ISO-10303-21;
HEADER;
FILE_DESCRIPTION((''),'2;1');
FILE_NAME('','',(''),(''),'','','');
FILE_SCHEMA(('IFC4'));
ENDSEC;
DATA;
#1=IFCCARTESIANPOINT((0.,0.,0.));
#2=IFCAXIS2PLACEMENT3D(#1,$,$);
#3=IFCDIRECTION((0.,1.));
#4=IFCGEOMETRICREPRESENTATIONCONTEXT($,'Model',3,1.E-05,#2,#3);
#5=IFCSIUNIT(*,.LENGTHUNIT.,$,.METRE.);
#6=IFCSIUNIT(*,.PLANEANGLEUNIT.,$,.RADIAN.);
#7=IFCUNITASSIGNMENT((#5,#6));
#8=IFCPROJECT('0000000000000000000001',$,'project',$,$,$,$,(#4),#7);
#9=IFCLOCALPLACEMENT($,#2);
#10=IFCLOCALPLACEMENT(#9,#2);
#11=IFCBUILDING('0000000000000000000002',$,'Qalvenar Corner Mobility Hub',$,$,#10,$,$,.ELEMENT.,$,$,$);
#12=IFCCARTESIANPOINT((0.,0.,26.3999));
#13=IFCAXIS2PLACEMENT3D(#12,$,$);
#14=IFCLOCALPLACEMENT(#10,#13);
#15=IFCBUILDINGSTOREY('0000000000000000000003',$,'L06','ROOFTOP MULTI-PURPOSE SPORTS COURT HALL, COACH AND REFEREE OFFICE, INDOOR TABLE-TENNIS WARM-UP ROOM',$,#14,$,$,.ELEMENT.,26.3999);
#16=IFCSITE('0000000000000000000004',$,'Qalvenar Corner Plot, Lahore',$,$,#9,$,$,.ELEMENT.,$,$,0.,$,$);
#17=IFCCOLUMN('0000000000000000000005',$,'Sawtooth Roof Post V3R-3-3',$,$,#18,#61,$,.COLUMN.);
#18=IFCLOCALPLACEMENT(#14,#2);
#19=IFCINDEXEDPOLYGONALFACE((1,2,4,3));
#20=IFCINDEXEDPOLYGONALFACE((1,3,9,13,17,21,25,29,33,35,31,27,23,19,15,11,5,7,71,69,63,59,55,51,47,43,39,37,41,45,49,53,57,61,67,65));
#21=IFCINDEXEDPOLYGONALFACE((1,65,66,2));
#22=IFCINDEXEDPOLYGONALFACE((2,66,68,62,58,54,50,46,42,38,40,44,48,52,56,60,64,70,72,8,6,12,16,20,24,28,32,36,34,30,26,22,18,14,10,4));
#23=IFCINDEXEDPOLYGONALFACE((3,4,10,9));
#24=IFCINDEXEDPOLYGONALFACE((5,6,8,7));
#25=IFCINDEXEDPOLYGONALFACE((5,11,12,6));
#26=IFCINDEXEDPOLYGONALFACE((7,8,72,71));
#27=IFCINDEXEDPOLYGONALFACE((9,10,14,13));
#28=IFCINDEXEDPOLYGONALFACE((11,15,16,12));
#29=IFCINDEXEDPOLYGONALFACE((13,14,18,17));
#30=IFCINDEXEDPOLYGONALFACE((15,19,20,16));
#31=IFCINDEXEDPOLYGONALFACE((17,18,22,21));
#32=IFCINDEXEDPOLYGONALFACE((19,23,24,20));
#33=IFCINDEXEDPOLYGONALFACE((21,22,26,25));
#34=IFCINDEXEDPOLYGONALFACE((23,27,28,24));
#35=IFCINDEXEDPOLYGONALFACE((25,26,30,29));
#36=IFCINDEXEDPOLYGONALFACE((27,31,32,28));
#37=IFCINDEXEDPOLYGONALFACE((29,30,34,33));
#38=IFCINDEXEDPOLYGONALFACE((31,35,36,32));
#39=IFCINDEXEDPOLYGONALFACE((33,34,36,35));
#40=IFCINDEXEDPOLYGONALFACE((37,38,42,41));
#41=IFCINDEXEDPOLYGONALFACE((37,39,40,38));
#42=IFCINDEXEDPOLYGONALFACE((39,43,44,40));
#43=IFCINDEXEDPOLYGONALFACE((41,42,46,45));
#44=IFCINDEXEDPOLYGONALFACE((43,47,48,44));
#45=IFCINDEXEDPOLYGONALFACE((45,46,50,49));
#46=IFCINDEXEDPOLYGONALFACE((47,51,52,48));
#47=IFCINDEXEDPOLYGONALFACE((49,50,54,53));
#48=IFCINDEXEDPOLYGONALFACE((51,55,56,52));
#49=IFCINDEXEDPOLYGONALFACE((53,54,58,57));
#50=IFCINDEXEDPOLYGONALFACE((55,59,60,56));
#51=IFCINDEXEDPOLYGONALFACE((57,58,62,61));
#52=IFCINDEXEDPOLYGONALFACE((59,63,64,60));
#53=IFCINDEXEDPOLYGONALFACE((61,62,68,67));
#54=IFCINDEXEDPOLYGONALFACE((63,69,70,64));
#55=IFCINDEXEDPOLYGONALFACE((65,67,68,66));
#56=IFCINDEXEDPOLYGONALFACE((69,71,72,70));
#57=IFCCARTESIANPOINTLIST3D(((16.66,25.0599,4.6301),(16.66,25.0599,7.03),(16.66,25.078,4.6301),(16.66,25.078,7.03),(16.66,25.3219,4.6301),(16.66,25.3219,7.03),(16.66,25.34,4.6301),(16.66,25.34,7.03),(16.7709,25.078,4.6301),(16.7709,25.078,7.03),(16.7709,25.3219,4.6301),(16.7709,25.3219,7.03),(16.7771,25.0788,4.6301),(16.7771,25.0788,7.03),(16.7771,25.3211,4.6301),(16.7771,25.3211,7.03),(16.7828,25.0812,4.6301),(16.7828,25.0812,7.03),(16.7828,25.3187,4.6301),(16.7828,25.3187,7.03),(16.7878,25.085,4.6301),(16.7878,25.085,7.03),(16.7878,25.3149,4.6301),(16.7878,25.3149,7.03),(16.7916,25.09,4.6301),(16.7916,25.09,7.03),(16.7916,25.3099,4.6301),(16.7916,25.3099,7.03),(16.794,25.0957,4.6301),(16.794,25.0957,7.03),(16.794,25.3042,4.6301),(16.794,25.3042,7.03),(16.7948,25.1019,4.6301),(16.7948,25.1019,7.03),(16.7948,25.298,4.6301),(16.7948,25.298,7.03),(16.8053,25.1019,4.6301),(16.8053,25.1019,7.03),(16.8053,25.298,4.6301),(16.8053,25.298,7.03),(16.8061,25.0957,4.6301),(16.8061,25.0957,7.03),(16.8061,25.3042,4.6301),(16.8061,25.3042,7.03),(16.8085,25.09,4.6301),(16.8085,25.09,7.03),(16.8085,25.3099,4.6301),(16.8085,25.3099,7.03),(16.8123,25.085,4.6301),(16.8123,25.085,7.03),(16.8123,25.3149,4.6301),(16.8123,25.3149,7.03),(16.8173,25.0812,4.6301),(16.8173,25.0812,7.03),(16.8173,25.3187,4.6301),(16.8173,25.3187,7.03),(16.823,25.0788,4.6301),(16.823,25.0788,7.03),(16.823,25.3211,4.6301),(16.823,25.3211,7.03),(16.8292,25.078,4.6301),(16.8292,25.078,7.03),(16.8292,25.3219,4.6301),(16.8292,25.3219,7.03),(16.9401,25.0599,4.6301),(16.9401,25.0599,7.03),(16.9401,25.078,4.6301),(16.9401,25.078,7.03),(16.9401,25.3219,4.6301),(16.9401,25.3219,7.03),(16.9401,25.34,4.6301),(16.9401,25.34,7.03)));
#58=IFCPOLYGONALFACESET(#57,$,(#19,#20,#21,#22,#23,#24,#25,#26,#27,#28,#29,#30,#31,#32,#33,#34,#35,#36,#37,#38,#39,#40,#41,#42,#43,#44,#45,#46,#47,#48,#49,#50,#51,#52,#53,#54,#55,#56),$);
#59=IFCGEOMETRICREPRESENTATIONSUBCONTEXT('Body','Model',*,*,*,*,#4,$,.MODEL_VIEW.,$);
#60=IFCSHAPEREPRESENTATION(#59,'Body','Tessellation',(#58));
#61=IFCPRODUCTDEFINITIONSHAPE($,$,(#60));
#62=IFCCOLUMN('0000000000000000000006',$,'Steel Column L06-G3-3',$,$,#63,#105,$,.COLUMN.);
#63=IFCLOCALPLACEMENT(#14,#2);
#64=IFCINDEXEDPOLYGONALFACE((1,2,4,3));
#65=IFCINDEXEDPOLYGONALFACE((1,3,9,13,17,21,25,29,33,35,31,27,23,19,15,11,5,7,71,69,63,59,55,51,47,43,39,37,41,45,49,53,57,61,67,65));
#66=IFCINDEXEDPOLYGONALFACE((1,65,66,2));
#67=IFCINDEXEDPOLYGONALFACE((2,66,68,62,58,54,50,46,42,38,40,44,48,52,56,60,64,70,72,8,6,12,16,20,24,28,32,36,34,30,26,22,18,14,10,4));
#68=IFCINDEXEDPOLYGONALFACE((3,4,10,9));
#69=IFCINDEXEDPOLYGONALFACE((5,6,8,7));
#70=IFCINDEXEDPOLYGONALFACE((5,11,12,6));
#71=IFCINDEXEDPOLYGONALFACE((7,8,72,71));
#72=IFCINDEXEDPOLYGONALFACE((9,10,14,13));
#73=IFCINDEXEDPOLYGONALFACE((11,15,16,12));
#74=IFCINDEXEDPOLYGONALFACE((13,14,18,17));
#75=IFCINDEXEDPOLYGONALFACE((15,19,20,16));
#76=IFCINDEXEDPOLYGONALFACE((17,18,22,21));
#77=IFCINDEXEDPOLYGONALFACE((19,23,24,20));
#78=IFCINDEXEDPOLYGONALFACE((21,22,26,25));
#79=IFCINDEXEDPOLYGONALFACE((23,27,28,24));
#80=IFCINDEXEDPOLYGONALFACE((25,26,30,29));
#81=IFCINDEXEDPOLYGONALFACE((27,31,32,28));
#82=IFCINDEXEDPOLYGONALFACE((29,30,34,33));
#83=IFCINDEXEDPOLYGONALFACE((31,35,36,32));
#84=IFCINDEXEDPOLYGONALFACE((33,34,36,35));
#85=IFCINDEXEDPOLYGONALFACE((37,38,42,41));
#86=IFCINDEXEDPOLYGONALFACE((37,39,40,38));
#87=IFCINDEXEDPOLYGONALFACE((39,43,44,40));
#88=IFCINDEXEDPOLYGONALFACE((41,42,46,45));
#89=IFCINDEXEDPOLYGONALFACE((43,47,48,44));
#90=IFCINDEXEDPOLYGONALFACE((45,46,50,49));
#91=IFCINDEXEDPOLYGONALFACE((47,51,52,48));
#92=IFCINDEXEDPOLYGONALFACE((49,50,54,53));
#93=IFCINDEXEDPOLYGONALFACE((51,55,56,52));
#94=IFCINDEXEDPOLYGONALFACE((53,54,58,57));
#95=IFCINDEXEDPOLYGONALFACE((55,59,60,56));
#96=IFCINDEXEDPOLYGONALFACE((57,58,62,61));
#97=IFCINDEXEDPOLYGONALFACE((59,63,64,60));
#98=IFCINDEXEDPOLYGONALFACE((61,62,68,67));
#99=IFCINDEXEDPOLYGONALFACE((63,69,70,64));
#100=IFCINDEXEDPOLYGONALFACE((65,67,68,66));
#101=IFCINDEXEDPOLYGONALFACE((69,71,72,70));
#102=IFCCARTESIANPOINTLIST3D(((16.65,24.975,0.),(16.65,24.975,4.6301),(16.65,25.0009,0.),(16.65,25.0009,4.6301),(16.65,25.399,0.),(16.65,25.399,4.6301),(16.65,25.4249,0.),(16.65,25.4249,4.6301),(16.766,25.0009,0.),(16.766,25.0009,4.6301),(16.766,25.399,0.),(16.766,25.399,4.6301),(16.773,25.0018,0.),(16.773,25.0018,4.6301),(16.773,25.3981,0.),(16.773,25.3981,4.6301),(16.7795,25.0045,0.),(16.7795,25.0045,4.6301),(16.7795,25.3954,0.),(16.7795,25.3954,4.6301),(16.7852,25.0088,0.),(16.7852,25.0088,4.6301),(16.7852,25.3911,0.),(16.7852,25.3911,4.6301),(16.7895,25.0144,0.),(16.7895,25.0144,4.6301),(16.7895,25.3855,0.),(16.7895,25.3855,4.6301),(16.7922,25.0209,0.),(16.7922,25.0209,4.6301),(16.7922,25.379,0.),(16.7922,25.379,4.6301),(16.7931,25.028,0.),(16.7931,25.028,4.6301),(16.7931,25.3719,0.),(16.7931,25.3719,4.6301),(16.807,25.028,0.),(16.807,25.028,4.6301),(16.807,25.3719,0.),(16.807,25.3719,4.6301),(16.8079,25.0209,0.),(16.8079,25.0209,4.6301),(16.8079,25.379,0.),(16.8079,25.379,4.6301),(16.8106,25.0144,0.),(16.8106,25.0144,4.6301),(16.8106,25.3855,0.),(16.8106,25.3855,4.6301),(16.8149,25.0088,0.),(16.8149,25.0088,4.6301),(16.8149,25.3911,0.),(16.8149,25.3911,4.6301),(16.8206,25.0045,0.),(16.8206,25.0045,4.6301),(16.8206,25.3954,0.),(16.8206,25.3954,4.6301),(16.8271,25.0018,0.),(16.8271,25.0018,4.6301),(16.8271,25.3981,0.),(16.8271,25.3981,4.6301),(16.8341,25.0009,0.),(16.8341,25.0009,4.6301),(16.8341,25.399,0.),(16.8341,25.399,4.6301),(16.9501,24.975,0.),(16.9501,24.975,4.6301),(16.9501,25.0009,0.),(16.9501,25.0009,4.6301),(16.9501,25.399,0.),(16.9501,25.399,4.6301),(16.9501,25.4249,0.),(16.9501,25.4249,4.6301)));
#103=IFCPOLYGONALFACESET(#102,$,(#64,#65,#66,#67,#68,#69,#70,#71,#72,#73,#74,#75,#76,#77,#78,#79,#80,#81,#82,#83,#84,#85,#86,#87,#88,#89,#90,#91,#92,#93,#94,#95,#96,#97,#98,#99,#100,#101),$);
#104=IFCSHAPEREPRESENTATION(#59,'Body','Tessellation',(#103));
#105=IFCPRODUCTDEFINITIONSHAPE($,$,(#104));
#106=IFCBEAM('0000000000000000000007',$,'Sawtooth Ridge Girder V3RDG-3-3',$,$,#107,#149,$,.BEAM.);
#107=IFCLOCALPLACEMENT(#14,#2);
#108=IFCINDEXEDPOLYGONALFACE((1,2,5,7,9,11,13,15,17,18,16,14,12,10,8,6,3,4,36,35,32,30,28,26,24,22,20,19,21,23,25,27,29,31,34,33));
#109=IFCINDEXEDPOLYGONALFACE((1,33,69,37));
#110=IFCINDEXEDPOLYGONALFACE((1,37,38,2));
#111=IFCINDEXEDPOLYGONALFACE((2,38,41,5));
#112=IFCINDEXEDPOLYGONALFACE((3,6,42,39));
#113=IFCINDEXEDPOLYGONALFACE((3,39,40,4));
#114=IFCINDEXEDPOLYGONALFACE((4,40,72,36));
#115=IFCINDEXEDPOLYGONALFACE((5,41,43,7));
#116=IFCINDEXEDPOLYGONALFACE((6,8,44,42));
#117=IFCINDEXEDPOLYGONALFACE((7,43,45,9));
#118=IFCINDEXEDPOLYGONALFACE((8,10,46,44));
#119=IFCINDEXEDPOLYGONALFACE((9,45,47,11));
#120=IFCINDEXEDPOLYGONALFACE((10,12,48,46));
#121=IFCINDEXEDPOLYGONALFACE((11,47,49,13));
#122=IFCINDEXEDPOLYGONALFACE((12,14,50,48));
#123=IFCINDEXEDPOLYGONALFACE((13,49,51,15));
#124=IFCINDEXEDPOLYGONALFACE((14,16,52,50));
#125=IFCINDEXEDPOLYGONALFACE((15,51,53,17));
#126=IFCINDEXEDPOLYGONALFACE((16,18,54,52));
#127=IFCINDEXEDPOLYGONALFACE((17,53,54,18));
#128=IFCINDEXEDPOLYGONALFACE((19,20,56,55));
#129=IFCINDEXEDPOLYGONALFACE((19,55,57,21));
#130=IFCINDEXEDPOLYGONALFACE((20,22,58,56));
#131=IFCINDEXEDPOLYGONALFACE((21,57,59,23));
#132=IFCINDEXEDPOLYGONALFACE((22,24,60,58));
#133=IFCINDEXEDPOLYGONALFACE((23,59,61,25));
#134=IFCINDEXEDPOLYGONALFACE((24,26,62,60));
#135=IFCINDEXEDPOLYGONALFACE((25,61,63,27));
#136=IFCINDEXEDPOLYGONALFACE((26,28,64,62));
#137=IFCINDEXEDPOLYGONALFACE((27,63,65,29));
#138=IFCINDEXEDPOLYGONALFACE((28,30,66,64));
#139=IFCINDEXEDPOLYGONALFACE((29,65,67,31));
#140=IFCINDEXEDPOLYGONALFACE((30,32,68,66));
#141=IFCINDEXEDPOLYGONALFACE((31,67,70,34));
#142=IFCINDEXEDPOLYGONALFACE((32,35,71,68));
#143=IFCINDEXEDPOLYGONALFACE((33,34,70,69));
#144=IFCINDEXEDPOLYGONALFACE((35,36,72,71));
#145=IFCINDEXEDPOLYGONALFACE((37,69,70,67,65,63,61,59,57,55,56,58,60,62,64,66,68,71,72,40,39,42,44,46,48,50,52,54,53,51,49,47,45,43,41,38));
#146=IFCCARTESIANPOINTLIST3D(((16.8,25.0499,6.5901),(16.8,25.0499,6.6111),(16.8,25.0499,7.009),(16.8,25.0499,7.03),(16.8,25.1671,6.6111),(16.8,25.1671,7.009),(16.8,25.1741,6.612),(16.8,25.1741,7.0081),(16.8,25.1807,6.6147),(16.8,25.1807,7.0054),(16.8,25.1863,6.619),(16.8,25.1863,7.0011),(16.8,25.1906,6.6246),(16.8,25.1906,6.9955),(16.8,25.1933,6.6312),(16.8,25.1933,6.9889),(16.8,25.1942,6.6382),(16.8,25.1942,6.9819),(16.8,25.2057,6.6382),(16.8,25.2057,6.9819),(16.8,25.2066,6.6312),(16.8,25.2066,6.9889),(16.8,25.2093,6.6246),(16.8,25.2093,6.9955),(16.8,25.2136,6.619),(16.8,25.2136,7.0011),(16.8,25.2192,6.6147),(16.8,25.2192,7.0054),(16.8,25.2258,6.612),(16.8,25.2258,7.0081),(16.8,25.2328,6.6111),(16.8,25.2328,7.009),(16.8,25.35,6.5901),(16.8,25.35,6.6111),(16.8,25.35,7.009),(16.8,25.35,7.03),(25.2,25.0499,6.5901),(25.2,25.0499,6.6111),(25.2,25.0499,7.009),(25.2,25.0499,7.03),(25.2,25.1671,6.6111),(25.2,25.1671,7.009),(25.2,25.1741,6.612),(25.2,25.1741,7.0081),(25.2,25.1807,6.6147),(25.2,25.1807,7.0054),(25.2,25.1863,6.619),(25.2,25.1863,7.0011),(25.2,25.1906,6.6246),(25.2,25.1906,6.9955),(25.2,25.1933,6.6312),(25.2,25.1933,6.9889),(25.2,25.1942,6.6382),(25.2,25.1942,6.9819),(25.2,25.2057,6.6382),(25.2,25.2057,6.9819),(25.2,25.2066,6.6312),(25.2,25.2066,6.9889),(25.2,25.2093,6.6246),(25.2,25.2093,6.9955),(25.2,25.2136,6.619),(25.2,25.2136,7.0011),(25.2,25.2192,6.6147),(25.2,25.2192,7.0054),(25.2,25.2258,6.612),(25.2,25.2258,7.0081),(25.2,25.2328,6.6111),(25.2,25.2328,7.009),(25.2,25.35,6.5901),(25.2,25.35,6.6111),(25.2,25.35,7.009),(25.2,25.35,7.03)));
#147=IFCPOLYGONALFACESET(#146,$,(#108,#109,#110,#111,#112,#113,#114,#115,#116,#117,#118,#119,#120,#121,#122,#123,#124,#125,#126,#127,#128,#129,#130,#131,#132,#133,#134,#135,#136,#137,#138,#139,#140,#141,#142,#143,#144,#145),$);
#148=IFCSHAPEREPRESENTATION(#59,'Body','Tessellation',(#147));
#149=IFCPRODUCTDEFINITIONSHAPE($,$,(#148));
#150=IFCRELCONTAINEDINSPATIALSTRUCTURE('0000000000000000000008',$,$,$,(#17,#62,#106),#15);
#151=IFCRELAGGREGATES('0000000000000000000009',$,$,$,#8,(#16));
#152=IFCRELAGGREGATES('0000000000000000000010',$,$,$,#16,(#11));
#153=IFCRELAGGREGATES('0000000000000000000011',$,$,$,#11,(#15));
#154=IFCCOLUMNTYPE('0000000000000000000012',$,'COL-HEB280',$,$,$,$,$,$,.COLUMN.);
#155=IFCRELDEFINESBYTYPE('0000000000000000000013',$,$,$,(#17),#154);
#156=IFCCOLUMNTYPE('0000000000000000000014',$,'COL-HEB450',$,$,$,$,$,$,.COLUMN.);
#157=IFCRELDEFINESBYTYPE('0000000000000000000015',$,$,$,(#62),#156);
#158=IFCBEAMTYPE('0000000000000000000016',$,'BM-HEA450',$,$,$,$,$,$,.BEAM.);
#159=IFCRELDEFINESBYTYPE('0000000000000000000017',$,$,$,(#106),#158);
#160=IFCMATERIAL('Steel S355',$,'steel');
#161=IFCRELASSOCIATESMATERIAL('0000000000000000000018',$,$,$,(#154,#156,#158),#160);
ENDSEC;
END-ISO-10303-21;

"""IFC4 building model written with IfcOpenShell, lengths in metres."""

from ifc_helpers import new_model, si_unit, direction, frame, origin, origin_2d, place, context, subcontext, project, spatial, i_section, extrude, material, material_profile, profile_set, type_object, element, save


model = new_model("IFC4")

# Units and contexts
model_context = context("Model", 3, precision=1e-05, world=origin(), true_north=direction((0.0, 1.0)))
body_context = subcontext(model_context, "Body", "Model", "MODEL_VIEW")
ifc_project = project(units=[si_unit("LENGTHUNIT", "METRE"), si_unit("PLANEANGLEUNIT", "RADIAN")], contexts=[model_context])

# Site, building, storey
site_placement = place(None, origin())
site = spatial("IfcSite", under=ifc_project, at=site_placement, Name="Qalvenar Corner Plot, Lahore", CompositionType="ELEMENT", RefElevation=0.0)
building_placement = place(site_placement, origin())
building = spatial("IfcBuilding", under=site, at=building_placement, Name="Qalvenar Corner Mobility Hub", CompositionType="ELEMENT")
storey_placement = place(building_placement, frame((0.0, 0.0, 26.3999)))
storey = spatial("IfcBuildingStorey", under=building, at=storey_placement, Name="L06", Description="ROOFTOP MULTI-PURPOSE SPORTS COURT HALL, COACH AND REFEREE OFFICE, INDOOR TABLE-TENNIS WARM-UP ROOM", CompositionType="ELEMENT", Elevation=26.3999)

# Columns
ifc_material_1 = material(Name="Steel S355", Category="steel")
ifc_material_profile_1 = material_profile(ifc_material_1, i_section(OverallWidth=0.28, OverallDepth=0.28, WebThickness=0.0105, FlangeThickness=0.0181, FilletRadius=0.0239, at=origin_2d()), Name="HEB280")
ifc_profile_set_1 = profile_set([ifc_material_profile_1], Name="Steel S355")
column_type_1 = type_object("IfcColumnType", Name="COL-HEB280", PredefinedType="COLUMN", material=ifc_profile_set_1)
column_1_placement = place(storey_placement, frame((16.8, 25.2, 4.6301), z_axis=(0.0, 0.0, 1.0), x_axis=(1.0, 0.0, 0.0)))
element("IfcColumn", 1, at=column_1_placement, inside=storey, type_object=column_type_1, Name="Sawtooth Roof Post V3R-3-3", PredefinedType="COLUMN", context=body_context, shape_type="SweptSolid", body=[
    extrude(i_section(OverallWidth=0.28, OverallDepth=0.28, WebThickness=0.0105, FlangeThickness=0.0181, FilletRadius=0.0239, at=origin_2d()), origin(), (0.0, 0.0, 1.0), 2.3999),
])
ifc_material_profile_2 = material_profile(ifc_material_1, i_section(OverallWidth=0.3, OverallDepth=0.45, WebThickness=0.0139, FlangeThickness=0.0259, FilletRadius=0.0271, at=origin_2d()), Name="HEB450")
ifc_profile_set_2 = profile_set([ifc_material_profile_2], Name="Steel S355")
column_type_2 = type_object("IfcColumnType", Name="COL-HEB450", PredefinedType="COLUMN", material=ifc_profile_set_2)
column_2_placement = place(storey_placement, frame((16.8, 25.2, 0.0), z_axis=(0.0, 0.0, 1.0), x_axis=(1.0, 0.0, 0.0)))
element("IfcColumn", 2, at=column_2_placement, inside=storey, type_object=column_type_2, Name="Steel Column L06-G3-3", PredefinedType="COLUMN", context=body_context, shape_type="SweptSolid", body=[
    extrude(i_section(OverallWidth=0.3, OverallDepth=0.45, WebThickness=0.0139, FlangeThickness=0.0259, FilletRadius=0.0271, at=origin_2d()), origin(), (0.0, 0.0, 1.0), 4.6301),
])

# Beam
ifc_material_profile_3 = material_profile(ifc_material_1, i_section(OverallWidth=0.3, OverallDepth=0.4399, WebThickness=0.0115, FlangeThickness=0.021, FilletRadius=0.0271, at=origin_2d()), Name="HEA450")
ifc_profile_set_3 = profile_set([ifc_material_profile_3], Name="Steel S355")
beam_type_1 = type_object("IfcBeamType", Name="BM-HEA450", PredefinedType="BEAM", material=ifc_profile_set_3)
beam_1_placement = place(storey_placement, frame((16.8, 25.2, 6.8101), z_axis=(1.0, 0.0, 0.0), x_axis=(0.0, 1.0, 0.0)))
element("IfcBeam", 3, at=beam_1_placement, inside=storey, type_object=beam_type_1, Name="Sawtooth Ridge Girder V3RDG-3-3", PredefinedType="BEAM", context=body_context, shape_type="SweptSolid", body=[
    extrude(i_section(OverallWidth=0.3, OverallDepth=0.4399, WebThickness=0.0115, FlangeThickness=0.021, FilletRadius=0.0271, at=origin_2d()), origin(), (0.0, 0.0, 1.0), 8.3999),
])

save(model, "model.ifc")
